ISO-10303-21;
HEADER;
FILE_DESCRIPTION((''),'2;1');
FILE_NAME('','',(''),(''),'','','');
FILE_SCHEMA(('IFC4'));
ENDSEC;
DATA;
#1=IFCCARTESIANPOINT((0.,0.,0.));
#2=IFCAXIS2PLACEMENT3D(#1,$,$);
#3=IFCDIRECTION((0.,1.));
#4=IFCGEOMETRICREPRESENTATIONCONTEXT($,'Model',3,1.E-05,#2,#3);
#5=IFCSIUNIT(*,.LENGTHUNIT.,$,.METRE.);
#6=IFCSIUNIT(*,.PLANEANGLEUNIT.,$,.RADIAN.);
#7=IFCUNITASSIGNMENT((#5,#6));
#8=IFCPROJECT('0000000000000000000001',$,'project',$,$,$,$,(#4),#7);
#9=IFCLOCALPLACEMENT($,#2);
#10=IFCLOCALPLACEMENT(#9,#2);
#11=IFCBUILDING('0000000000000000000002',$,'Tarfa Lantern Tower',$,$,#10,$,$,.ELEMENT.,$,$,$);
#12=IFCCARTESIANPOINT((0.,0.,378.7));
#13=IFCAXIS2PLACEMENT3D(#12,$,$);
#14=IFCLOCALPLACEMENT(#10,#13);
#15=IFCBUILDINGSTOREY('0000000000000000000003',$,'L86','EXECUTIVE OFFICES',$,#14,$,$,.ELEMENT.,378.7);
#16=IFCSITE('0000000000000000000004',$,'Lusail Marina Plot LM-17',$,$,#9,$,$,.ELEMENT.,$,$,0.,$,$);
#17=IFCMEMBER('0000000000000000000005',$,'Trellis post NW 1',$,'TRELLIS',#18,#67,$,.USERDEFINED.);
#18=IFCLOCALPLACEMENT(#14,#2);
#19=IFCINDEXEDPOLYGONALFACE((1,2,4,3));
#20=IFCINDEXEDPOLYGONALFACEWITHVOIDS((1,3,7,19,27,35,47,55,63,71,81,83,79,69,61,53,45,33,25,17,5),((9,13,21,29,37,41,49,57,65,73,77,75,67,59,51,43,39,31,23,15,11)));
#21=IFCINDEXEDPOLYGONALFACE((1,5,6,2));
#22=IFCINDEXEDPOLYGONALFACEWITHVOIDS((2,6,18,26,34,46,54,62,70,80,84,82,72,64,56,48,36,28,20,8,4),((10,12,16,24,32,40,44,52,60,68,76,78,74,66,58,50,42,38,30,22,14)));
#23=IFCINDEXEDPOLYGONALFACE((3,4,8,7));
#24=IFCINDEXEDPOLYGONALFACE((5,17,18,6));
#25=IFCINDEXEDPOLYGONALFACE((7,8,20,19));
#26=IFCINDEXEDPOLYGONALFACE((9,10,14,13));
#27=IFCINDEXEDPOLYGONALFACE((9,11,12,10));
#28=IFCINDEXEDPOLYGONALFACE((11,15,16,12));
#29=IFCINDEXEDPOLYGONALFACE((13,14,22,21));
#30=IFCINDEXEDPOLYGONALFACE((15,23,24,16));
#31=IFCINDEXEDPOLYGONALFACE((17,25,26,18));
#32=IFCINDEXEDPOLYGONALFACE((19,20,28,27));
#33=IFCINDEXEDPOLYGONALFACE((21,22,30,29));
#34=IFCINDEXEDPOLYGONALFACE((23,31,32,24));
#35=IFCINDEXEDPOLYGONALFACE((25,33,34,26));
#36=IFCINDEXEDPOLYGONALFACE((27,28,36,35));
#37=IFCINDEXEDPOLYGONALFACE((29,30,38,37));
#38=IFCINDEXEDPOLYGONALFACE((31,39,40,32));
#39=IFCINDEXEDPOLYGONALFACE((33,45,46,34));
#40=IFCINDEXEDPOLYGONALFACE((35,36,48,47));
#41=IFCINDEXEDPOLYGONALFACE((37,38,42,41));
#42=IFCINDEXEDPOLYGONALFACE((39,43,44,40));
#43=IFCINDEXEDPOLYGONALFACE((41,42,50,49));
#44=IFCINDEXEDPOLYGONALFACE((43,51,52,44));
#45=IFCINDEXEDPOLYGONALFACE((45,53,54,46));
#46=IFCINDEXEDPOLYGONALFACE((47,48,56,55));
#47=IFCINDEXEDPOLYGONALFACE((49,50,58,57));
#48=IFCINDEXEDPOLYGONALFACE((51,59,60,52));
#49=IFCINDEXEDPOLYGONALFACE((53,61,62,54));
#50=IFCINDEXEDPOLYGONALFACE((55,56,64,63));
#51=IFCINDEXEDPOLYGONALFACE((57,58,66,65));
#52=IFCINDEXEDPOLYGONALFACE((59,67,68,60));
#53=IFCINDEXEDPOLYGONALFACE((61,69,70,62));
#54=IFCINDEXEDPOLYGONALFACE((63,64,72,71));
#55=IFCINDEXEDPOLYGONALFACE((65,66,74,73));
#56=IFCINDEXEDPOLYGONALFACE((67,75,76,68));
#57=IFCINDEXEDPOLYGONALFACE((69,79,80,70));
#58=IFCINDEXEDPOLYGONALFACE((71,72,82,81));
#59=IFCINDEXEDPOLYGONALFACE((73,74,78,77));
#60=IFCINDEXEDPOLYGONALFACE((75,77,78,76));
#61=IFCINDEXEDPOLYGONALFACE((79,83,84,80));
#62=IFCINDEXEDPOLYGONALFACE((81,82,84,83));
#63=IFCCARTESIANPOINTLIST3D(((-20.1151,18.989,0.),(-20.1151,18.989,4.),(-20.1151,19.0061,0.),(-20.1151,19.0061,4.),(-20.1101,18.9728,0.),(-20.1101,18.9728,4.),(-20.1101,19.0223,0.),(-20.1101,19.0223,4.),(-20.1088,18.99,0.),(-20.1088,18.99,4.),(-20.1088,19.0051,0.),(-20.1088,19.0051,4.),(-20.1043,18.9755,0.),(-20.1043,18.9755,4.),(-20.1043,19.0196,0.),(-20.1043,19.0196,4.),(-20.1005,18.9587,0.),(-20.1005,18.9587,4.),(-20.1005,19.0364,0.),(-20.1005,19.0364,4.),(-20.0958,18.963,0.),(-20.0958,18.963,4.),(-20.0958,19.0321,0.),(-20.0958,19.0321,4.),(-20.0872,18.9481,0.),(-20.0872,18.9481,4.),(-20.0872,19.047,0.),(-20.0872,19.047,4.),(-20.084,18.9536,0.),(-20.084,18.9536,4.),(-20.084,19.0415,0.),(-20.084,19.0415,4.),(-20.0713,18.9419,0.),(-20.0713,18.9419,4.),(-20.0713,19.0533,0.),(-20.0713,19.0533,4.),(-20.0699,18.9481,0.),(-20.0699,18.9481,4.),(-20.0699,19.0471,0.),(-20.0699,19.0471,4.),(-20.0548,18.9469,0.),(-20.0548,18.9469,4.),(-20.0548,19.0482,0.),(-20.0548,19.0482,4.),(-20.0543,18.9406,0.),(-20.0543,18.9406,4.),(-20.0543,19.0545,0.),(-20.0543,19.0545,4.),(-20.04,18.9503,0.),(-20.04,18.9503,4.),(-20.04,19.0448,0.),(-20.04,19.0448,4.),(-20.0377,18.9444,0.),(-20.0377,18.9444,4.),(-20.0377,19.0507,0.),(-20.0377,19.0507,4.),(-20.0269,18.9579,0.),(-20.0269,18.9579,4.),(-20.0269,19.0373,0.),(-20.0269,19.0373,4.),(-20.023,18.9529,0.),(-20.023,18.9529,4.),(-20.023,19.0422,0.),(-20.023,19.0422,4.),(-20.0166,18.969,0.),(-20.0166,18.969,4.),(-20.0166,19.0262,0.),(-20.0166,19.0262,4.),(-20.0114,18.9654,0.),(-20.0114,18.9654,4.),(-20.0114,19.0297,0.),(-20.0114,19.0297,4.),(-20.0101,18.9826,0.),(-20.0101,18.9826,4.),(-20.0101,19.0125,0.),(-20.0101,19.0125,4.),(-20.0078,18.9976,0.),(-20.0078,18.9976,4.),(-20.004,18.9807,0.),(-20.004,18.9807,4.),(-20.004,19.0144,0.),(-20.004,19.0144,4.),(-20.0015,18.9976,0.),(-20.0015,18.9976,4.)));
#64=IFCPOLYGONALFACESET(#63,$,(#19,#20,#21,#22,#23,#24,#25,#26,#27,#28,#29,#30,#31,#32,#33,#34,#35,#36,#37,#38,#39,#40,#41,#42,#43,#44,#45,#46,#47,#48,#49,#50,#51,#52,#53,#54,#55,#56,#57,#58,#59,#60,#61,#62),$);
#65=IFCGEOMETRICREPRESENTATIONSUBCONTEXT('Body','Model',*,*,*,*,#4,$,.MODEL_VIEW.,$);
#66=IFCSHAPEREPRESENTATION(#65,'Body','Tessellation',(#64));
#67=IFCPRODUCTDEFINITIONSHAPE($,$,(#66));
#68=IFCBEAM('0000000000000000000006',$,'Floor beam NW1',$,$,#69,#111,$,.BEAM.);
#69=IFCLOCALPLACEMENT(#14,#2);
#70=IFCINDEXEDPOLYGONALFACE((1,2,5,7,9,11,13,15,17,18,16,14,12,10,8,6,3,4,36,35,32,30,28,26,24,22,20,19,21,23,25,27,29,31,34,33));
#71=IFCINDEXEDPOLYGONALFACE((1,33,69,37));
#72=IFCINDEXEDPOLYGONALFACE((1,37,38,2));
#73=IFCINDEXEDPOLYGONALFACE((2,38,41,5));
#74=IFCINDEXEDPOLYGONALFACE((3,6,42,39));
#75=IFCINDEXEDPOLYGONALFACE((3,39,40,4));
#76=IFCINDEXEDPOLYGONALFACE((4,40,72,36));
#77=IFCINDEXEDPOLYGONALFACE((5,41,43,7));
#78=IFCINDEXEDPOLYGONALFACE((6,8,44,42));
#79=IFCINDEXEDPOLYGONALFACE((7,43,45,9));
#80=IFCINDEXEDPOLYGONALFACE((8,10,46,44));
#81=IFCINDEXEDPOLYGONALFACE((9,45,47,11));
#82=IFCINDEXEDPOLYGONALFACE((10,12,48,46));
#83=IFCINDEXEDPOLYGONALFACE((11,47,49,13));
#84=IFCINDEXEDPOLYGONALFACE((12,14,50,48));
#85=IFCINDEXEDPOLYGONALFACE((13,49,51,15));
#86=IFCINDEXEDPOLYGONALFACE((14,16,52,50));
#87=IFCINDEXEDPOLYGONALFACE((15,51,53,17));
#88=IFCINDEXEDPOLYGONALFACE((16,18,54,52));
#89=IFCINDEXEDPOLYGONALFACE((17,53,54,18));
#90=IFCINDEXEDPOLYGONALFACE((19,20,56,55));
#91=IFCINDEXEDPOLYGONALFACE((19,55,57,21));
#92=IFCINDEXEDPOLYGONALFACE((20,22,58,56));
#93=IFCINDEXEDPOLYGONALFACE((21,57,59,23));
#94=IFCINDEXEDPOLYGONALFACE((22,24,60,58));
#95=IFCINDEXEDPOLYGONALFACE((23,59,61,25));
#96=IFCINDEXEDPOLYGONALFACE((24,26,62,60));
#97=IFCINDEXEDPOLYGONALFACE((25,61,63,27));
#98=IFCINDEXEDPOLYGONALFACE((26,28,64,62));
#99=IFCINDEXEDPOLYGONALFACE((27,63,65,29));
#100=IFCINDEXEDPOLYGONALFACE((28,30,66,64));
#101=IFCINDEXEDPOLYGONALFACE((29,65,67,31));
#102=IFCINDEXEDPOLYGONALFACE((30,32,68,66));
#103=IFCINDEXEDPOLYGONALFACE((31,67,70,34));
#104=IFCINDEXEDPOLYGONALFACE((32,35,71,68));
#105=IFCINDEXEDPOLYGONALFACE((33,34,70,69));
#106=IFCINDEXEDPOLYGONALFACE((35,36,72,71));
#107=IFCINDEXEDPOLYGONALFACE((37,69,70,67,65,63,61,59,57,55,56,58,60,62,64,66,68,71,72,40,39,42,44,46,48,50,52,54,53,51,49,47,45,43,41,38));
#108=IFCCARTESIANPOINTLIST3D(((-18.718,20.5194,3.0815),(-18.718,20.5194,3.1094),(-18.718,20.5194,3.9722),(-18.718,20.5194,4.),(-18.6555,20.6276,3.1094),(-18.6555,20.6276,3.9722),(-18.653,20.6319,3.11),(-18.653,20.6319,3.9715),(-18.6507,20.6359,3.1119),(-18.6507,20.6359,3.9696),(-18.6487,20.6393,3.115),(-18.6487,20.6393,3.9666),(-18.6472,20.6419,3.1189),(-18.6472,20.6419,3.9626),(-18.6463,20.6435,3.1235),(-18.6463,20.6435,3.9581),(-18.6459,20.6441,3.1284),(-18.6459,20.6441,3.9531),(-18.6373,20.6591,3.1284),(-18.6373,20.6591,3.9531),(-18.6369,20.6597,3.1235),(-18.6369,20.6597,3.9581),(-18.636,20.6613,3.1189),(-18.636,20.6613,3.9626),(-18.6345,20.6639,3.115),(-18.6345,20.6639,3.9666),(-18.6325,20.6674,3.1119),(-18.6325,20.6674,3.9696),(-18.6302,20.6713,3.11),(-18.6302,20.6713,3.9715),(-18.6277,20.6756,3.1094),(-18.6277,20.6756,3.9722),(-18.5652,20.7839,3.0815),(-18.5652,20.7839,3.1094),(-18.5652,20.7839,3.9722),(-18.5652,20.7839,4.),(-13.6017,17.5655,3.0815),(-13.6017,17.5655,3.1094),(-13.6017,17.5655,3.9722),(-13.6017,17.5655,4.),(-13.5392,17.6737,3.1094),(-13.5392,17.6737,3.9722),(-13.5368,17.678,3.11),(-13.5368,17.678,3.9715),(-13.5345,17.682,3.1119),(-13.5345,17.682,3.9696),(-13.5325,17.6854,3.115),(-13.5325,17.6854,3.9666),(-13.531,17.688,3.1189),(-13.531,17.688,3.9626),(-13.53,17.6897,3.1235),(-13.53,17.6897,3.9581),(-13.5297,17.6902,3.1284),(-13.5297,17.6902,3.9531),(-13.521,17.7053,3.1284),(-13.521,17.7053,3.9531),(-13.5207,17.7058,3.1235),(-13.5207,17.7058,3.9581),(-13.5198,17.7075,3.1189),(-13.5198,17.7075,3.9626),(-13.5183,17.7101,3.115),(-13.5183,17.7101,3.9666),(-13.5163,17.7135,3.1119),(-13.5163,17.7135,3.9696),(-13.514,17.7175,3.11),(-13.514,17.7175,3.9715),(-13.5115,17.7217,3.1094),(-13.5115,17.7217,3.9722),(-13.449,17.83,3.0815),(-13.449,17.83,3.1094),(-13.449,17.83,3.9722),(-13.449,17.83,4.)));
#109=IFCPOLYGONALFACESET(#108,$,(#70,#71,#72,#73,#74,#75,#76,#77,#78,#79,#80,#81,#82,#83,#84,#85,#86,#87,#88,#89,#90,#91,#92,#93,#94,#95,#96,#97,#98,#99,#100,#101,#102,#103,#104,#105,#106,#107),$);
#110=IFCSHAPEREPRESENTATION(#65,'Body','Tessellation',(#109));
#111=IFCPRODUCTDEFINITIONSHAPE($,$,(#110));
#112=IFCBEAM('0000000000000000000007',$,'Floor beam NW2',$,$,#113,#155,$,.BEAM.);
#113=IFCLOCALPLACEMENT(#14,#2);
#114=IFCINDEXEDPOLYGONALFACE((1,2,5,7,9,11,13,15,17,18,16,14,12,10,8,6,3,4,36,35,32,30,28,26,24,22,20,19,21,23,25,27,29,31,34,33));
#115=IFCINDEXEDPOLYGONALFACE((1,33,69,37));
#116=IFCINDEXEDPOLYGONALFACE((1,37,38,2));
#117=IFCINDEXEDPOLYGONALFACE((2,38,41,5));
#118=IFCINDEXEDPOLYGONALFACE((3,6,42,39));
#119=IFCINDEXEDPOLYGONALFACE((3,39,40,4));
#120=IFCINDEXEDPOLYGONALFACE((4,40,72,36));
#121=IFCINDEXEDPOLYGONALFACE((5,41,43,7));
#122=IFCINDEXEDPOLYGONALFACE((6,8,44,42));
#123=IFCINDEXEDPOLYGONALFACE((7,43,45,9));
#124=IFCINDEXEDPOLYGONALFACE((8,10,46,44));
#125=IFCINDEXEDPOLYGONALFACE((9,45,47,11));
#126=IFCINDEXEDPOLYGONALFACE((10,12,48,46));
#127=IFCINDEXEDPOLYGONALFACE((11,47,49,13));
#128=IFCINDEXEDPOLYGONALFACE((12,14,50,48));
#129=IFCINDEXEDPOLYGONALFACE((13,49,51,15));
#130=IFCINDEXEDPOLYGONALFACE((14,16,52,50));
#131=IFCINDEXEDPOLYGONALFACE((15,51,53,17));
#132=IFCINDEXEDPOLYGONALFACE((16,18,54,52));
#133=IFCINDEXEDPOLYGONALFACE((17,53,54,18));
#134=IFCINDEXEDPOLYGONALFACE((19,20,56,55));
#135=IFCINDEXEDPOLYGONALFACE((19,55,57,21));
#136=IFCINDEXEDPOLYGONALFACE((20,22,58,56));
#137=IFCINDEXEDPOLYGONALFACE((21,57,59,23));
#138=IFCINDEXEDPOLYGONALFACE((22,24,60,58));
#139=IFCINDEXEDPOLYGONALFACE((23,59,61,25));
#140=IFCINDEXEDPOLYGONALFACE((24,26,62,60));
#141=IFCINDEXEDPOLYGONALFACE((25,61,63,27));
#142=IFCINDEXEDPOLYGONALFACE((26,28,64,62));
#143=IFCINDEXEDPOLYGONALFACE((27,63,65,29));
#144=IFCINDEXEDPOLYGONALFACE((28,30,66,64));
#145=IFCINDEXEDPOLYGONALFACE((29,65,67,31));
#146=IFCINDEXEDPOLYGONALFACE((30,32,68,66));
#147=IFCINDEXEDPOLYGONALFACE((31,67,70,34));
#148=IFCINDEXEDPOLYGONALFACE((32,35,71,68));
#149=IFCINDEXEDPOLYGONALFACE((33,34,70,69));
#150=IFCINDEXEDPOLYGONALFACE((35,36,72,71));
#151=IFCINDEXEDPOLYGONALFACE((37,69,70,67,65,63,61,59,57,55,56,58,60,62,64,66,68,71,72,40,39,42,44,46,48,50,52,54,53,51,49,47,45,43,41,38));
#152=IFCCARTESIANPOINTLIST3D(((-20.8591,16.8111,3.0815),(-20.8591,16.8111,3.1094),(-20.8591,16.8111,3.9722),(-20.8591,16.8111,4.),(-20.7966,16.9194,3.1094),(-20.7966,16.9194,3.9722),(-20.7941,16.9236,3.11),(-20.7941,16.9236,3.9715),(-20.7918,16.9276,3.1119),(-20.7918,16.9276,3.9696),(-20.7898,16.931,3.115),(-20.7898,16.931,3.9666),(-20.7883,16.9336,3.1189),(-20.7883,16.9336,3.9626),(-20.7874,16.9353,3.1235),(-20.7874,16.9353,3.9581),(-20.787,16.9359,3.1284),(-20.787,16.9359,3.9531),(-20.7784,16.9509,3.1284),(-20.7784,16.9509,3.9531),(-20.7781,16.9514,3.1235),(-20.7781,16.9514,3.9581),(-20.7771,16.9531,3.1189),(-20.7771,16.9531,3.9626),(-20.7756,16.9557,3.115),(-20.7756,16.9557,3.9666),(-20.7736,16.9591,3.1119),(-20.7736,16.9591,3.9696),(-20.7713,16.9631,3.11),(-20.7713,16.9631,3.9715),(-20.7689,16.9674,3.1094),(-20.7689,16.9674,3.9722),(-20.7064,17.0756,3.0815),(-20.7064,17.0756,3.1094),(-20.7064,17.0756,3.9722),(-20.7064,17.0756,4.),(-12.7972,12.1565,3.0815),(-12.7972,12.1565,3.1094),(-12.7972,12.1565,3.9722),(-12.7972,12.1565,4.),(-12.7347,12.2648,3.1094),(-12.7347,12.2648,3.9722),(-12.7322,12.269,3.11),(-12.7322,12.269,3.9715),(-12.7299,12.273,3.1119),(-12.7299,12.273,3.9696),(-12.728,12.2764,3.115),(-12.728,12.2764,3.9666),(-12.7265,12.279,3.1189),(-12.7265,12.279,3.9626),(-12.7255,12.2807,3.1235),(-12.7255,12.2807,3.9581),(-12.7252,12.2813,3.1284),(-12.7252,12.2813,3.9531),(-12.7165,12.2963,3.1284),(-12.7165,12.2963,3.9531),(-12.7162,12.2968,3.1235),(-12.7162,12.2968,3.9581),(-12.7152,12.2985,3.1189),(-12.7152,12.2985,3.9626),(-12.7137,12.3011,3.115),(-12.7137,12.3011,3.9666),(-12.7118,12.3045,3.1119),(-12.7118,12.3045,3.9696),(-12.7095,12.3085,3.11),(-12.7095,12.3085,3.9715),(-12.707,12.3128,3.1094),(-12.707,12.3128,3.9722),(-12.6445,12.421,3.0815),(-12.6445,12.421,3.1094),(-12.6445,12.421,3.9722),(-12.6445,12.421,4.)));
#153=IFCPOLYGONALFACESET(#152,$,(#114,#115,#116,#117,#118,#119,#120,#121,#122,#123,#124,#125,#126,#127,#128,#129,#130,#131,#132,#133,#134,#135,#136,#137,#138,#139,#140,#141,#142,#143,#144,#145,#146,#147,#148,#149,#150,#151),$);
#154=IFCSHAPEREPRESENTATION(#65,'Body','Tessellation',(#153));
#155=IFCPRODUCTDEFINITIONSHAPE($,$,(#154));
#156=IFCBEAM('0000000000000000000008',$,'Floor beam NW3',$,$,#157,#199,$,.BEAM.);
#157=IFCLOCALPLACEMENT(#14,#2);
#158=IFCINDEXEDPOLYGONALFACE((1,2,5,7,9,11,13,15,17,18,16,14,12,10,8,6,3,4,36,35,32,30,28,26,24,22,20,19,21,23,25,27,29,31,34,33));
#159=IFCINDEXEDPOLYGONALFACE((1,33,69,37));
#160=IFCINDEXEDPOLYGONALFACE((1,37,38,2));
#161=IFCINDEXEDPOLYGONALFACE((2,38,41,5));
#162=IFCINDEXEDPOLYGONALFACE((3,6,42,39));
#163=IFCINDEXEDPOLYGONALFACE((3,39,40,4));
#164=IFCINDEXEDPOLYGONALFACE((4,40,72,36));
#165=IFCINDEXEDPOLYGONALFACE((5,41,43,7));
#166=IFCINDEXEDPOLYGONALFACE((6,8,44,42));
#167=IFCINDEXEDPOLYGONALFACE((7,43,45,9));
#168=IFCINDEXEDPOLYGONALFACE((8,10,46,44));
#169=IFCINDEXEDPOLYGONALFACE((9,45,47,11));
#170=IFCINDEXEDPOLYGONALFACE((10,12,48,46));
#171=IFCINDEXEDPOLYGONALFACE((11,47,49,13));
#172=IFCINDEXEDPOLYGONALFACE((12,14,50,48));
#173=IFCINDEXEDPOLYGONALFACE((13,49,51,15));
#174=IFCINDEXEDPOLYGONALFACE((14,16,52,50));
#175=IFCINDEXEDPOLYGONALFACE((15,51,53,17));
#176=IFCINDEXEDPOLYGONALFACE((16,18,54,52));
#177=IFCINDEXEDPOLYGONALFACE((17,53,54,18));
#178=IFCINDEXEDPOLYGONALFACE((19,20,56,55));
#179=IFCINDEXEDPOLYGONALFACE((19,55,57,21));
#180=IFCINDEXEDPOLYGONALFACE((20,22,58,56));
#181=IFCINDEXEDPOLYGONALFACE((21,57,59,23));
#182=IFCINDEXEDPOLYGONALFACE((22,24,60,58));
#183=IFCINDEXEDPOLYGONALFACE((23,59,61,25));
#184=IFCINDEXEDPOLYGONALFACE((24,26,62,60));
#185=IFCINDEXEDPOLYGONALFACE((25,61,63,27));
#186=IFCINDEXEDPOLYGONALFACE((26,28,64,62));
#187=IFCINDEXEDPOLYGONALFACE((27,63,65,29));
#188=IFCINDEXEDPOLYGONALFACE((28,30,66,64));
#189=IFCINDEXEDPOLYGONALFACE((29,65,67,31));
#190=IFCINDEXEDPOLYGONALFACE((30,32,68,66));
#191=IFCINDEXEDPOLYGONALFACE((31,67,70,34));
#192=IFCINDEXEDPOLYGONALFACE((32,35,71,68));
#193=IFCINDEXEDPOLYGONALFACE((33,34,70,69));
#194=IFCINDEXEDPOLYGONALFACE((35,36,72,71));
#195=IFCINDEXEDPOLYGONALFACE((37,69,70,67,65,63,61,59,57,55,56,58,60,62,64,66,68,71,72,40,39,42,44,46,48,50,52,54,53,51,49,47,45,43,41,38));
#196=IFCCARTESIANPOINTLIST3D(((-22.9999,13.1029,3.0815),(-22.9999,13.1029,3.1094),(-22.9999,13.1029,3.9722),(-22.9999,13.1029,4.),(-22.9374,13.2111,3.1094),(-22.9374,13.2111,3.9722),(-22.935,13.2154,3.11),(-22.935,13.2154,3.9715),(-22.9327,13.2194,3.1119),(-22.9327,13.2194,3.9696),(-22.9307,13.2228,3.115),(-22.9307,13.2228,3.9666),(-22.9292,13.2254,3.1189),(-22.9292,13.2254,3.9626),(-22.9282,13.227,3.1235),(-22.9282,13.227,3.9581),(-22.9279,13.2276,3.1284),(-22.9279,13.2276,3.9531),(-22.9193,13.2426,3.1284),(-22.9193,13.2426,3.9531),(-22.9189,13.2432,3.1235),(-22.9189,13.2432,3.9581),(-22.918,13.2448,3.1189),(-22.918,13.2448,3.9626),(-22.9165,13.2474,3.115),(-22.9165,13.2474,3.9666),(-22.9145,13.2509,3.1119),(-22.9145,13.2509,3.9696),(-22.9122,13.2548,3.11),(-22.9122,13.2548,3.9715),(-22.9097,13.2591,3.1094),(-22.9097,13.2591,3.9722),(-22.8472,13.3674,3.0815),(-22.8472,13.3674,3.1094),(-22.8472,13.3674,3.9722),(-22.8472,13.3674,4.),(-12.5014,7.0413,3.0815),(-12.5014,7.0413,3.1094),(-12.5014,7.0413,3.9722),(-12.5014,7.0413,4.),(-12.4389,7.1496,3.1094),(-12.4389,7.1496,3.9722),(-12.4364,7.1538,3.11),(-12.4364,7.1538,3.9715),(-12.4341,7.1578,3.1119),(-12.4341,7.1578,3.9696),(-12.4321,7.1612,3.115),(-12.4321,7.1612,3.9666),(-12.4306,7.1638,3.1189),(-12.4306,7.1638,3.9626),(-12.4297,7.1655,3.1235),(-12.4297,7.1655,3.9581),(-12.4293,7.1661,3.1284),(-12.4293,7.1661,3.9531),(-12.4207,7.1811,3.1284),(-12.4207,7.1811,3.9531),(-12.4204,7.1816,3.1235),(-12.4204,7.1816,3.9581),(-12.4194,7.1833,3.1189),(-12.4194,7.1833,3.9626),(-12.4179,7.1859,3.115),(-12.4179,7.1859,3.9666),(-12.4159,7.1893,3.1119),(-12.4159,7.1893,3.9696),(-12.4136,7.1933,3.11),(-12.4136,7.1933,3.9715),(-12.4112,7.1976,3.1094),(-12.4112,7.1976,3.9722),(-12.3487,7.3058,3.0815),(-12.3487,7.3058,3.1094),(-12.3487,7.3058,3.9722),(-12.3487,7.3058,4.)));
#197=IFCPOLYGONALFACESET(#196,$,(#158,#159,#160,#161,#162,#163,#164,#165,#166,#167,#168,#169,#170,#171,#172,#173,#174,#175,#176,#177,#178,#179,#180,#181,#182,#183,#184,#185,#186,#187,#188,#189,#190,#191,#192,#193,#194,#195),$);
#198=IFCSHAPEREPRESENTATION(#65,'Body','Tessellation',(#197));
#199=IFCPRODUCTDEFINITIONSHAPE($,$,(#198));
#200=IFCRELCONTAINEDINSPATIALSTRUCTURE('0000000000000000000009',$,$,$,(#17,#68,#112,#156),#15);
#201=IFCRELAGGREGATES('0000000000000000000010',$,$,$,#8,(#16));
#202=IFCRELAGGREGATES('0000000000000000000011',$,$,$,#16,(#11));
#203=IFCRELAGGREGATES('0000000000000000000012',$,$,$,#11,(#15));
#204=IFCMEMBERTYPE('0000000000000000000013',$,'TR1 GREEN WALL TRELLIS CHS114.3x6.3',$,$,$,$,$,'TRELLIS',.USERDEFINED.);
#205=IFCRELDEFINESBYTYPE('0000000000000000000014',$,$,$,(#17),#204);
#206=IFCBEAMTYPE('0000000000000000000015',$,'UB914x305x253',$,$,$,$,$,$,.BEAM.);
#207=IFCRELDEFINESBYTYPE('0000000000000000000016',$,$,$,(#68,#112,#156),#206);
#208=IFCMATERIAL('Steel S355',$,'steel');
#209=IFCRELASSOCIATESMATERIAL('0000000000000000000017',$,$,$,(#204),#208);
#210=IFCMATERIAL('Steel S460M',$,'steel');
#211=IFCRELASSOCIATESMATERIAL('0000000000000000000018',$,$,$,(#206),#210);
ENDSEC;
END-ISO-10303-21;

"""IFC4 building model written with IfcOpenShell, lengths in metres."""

from ifc_helpers import new_model, si_unit, direction, frame, origin, origin_2d, place, context, subcontext, project, spatial, hollow_circle, i_section, extrude, material, material_profile, profile_set, type_object, element, save


model = new_model("IFC4")

# Units and contexts
model_context = context("Model", 3, precision=1e-05, world=origin(), true_north=direction((0.0, 1.0)))
body_context = subcontext(model_context, "Body", "Model", "MODEL_VIEW")
ifc_project = project(units=[si_unit("LENGTHUNIT", "METRE"), si_unit("PLANEANGLEUNIT", "RADIAN")], contexts=[model_context])

# Site, building, storey
site_placement = place(None, origin())
site = spatial("IfcSite", under=ifc_project, at=site_placement, Name="Lusail Marina Plot LM-17", CompositionType="ELEMENT", RefElevation=0.0)
building_placement = place(site_placement, origin())
building = spatial("IfcBuilding", under=site, at=building_placement, Name="Tarfa Lantern Tower", CompositionType="ELEMENT")
storey_placement = place(building_placement, frame((0.0, 0.0, 378.7)))
storey = spatial("IfcBuildingStorey", under=building, at=storey_placement, Name="L86", Description="EXECUTIVE OFFICES", CompositionType="ELEMENT", Elevation=378.7)

# Member
ifc_material_1 = material(Name="Steel S355", Category="steel")
ifc_material_profile_1 = material_profile(ifc_material_1, hollow_circle(Radius=0.0571, WallThickness=0.0063, at=origin_2d()), Name="CHS114.3x6.3")
ifc_profile_set_1 = profile_set([ifc_material_profile_1], Name="Steel S355")
member_type_1 = type_object("IfcMemberType", Name="TR1 GREEN WALL TRELLIS CHS114.3x6.3", ElementType="TRELLIS", PredefinedType="USERDEFINED", material=ifc_profile_set_1)
member_1_placement = place(storey_placement, frame((-20.0586, 18.9976, 0.0), z_axis=(0.0, 0.0, 1.0), x_axis=(1.0, 0.0, 0.0)))
element("IfcMember", 1, at=member_1_placement, inside=storey, type_object=member_type_1, Name="Trellis post NW 1", ObjectType="TRELLIS", PredefinedType="USERDEFINED", context=body_context, shape_type="SweptSolid", body=[
    extrude(hollow_circle(Radius=0.0571, WallThickness=0.0063, at=origin_2d()), origin(), (0.0, 0.0, 1.0), 4.0),
])

# Beams
ifc_material_2 = material(Name="Steel S460M", Category="steel")
ifc_material_profile_2 = material_profile(ifc_material_2, i_section(OverallWidth=0.3054, OverallDepth=0.9185, WebThickness=0.0173, FlangeThickness=0.0278, FilletRadius=0.019, at=origin_2d()), Name="UB914x305x253")
ifc_profile_set_2 = profile_set([ifc_material_profile_2], Name="Steel S460M")
beam_type_1 = type_object("IfcBeamType", Name="UB914x305x253", PredefinedType="BEAM", material=ifc_profile_set_2)
beam_1_placement = place(storey_placement, frame((-18.6416, 20.6516, 3.5408), z_axis=(0.866025, -0.500001, 0.0), x_axis=(0.500001, 0.866025, 0.0)))
element("IfcBeam", 2, at=beam_1_placement, inside=storey, type_object=beam_type_1, Name="Floor beam NW1", PredefinedType="BEAM", context=body_context, shape_type="SweptSolid", body=[
    extrude(i_section(OverallWidth=0.3054, OverallDepth=0.9185, WebThickness=0.0173, FlangeThickness=0.0278, FilletRadius=0.019, at=origin_2d()), origin(), (0.0, 0.0, 1.0), 5.9077),
])
beam_2_placement = place(storey_placement, frame((-20.7827, 16.9434, 3.5408), z_axis=(0.866022, -0.500006, 0.0), x_axis=(0.500006, 0.866022, 0.0)))
element("IfcBeam", 3, at=beam_2_placement, inside=storey, type_object=beam_type_1, Name="Floor beam NW2", PredefinedType="BEAM", context=body_context, shape_type="SweptSolid", body=[
    extrude(i_section(OverallWidth=0.3054, OverallDepth=0.9185, WebThickness=0.0173, FlangeThickness=0.0278, FilletRadius=0.019, at=origin_2d()), origin(), (0.0, 0.0, 1.0), 9.3091),
])
beam_3_placement = place(storey_placement, frame((-22.9236, 13.2351, 3.5408), z_axis=(0.866019, -0.500012, 0.0), x_axis=(0.500012, 0.866019, 0.0)))
element("IfcBeam", 4, at=beam_3_placement, inside=storey, type_object=beam_type_1, Name="Floor beam NW3", PredefinedType="BEAM", context=body_context, shape_type="SweptSolid", body=[
    extrude(i_section(OverallWidth=0.3054, OverallDepth=0.9185, WebThickness=0.0173, FlangeThickness=0.0278, FilletRadius=0.019, at=origin_2d()), origin(), (0.0, 0.0, 1.0), 12.1228),
])

save(model, "model.ifc")
